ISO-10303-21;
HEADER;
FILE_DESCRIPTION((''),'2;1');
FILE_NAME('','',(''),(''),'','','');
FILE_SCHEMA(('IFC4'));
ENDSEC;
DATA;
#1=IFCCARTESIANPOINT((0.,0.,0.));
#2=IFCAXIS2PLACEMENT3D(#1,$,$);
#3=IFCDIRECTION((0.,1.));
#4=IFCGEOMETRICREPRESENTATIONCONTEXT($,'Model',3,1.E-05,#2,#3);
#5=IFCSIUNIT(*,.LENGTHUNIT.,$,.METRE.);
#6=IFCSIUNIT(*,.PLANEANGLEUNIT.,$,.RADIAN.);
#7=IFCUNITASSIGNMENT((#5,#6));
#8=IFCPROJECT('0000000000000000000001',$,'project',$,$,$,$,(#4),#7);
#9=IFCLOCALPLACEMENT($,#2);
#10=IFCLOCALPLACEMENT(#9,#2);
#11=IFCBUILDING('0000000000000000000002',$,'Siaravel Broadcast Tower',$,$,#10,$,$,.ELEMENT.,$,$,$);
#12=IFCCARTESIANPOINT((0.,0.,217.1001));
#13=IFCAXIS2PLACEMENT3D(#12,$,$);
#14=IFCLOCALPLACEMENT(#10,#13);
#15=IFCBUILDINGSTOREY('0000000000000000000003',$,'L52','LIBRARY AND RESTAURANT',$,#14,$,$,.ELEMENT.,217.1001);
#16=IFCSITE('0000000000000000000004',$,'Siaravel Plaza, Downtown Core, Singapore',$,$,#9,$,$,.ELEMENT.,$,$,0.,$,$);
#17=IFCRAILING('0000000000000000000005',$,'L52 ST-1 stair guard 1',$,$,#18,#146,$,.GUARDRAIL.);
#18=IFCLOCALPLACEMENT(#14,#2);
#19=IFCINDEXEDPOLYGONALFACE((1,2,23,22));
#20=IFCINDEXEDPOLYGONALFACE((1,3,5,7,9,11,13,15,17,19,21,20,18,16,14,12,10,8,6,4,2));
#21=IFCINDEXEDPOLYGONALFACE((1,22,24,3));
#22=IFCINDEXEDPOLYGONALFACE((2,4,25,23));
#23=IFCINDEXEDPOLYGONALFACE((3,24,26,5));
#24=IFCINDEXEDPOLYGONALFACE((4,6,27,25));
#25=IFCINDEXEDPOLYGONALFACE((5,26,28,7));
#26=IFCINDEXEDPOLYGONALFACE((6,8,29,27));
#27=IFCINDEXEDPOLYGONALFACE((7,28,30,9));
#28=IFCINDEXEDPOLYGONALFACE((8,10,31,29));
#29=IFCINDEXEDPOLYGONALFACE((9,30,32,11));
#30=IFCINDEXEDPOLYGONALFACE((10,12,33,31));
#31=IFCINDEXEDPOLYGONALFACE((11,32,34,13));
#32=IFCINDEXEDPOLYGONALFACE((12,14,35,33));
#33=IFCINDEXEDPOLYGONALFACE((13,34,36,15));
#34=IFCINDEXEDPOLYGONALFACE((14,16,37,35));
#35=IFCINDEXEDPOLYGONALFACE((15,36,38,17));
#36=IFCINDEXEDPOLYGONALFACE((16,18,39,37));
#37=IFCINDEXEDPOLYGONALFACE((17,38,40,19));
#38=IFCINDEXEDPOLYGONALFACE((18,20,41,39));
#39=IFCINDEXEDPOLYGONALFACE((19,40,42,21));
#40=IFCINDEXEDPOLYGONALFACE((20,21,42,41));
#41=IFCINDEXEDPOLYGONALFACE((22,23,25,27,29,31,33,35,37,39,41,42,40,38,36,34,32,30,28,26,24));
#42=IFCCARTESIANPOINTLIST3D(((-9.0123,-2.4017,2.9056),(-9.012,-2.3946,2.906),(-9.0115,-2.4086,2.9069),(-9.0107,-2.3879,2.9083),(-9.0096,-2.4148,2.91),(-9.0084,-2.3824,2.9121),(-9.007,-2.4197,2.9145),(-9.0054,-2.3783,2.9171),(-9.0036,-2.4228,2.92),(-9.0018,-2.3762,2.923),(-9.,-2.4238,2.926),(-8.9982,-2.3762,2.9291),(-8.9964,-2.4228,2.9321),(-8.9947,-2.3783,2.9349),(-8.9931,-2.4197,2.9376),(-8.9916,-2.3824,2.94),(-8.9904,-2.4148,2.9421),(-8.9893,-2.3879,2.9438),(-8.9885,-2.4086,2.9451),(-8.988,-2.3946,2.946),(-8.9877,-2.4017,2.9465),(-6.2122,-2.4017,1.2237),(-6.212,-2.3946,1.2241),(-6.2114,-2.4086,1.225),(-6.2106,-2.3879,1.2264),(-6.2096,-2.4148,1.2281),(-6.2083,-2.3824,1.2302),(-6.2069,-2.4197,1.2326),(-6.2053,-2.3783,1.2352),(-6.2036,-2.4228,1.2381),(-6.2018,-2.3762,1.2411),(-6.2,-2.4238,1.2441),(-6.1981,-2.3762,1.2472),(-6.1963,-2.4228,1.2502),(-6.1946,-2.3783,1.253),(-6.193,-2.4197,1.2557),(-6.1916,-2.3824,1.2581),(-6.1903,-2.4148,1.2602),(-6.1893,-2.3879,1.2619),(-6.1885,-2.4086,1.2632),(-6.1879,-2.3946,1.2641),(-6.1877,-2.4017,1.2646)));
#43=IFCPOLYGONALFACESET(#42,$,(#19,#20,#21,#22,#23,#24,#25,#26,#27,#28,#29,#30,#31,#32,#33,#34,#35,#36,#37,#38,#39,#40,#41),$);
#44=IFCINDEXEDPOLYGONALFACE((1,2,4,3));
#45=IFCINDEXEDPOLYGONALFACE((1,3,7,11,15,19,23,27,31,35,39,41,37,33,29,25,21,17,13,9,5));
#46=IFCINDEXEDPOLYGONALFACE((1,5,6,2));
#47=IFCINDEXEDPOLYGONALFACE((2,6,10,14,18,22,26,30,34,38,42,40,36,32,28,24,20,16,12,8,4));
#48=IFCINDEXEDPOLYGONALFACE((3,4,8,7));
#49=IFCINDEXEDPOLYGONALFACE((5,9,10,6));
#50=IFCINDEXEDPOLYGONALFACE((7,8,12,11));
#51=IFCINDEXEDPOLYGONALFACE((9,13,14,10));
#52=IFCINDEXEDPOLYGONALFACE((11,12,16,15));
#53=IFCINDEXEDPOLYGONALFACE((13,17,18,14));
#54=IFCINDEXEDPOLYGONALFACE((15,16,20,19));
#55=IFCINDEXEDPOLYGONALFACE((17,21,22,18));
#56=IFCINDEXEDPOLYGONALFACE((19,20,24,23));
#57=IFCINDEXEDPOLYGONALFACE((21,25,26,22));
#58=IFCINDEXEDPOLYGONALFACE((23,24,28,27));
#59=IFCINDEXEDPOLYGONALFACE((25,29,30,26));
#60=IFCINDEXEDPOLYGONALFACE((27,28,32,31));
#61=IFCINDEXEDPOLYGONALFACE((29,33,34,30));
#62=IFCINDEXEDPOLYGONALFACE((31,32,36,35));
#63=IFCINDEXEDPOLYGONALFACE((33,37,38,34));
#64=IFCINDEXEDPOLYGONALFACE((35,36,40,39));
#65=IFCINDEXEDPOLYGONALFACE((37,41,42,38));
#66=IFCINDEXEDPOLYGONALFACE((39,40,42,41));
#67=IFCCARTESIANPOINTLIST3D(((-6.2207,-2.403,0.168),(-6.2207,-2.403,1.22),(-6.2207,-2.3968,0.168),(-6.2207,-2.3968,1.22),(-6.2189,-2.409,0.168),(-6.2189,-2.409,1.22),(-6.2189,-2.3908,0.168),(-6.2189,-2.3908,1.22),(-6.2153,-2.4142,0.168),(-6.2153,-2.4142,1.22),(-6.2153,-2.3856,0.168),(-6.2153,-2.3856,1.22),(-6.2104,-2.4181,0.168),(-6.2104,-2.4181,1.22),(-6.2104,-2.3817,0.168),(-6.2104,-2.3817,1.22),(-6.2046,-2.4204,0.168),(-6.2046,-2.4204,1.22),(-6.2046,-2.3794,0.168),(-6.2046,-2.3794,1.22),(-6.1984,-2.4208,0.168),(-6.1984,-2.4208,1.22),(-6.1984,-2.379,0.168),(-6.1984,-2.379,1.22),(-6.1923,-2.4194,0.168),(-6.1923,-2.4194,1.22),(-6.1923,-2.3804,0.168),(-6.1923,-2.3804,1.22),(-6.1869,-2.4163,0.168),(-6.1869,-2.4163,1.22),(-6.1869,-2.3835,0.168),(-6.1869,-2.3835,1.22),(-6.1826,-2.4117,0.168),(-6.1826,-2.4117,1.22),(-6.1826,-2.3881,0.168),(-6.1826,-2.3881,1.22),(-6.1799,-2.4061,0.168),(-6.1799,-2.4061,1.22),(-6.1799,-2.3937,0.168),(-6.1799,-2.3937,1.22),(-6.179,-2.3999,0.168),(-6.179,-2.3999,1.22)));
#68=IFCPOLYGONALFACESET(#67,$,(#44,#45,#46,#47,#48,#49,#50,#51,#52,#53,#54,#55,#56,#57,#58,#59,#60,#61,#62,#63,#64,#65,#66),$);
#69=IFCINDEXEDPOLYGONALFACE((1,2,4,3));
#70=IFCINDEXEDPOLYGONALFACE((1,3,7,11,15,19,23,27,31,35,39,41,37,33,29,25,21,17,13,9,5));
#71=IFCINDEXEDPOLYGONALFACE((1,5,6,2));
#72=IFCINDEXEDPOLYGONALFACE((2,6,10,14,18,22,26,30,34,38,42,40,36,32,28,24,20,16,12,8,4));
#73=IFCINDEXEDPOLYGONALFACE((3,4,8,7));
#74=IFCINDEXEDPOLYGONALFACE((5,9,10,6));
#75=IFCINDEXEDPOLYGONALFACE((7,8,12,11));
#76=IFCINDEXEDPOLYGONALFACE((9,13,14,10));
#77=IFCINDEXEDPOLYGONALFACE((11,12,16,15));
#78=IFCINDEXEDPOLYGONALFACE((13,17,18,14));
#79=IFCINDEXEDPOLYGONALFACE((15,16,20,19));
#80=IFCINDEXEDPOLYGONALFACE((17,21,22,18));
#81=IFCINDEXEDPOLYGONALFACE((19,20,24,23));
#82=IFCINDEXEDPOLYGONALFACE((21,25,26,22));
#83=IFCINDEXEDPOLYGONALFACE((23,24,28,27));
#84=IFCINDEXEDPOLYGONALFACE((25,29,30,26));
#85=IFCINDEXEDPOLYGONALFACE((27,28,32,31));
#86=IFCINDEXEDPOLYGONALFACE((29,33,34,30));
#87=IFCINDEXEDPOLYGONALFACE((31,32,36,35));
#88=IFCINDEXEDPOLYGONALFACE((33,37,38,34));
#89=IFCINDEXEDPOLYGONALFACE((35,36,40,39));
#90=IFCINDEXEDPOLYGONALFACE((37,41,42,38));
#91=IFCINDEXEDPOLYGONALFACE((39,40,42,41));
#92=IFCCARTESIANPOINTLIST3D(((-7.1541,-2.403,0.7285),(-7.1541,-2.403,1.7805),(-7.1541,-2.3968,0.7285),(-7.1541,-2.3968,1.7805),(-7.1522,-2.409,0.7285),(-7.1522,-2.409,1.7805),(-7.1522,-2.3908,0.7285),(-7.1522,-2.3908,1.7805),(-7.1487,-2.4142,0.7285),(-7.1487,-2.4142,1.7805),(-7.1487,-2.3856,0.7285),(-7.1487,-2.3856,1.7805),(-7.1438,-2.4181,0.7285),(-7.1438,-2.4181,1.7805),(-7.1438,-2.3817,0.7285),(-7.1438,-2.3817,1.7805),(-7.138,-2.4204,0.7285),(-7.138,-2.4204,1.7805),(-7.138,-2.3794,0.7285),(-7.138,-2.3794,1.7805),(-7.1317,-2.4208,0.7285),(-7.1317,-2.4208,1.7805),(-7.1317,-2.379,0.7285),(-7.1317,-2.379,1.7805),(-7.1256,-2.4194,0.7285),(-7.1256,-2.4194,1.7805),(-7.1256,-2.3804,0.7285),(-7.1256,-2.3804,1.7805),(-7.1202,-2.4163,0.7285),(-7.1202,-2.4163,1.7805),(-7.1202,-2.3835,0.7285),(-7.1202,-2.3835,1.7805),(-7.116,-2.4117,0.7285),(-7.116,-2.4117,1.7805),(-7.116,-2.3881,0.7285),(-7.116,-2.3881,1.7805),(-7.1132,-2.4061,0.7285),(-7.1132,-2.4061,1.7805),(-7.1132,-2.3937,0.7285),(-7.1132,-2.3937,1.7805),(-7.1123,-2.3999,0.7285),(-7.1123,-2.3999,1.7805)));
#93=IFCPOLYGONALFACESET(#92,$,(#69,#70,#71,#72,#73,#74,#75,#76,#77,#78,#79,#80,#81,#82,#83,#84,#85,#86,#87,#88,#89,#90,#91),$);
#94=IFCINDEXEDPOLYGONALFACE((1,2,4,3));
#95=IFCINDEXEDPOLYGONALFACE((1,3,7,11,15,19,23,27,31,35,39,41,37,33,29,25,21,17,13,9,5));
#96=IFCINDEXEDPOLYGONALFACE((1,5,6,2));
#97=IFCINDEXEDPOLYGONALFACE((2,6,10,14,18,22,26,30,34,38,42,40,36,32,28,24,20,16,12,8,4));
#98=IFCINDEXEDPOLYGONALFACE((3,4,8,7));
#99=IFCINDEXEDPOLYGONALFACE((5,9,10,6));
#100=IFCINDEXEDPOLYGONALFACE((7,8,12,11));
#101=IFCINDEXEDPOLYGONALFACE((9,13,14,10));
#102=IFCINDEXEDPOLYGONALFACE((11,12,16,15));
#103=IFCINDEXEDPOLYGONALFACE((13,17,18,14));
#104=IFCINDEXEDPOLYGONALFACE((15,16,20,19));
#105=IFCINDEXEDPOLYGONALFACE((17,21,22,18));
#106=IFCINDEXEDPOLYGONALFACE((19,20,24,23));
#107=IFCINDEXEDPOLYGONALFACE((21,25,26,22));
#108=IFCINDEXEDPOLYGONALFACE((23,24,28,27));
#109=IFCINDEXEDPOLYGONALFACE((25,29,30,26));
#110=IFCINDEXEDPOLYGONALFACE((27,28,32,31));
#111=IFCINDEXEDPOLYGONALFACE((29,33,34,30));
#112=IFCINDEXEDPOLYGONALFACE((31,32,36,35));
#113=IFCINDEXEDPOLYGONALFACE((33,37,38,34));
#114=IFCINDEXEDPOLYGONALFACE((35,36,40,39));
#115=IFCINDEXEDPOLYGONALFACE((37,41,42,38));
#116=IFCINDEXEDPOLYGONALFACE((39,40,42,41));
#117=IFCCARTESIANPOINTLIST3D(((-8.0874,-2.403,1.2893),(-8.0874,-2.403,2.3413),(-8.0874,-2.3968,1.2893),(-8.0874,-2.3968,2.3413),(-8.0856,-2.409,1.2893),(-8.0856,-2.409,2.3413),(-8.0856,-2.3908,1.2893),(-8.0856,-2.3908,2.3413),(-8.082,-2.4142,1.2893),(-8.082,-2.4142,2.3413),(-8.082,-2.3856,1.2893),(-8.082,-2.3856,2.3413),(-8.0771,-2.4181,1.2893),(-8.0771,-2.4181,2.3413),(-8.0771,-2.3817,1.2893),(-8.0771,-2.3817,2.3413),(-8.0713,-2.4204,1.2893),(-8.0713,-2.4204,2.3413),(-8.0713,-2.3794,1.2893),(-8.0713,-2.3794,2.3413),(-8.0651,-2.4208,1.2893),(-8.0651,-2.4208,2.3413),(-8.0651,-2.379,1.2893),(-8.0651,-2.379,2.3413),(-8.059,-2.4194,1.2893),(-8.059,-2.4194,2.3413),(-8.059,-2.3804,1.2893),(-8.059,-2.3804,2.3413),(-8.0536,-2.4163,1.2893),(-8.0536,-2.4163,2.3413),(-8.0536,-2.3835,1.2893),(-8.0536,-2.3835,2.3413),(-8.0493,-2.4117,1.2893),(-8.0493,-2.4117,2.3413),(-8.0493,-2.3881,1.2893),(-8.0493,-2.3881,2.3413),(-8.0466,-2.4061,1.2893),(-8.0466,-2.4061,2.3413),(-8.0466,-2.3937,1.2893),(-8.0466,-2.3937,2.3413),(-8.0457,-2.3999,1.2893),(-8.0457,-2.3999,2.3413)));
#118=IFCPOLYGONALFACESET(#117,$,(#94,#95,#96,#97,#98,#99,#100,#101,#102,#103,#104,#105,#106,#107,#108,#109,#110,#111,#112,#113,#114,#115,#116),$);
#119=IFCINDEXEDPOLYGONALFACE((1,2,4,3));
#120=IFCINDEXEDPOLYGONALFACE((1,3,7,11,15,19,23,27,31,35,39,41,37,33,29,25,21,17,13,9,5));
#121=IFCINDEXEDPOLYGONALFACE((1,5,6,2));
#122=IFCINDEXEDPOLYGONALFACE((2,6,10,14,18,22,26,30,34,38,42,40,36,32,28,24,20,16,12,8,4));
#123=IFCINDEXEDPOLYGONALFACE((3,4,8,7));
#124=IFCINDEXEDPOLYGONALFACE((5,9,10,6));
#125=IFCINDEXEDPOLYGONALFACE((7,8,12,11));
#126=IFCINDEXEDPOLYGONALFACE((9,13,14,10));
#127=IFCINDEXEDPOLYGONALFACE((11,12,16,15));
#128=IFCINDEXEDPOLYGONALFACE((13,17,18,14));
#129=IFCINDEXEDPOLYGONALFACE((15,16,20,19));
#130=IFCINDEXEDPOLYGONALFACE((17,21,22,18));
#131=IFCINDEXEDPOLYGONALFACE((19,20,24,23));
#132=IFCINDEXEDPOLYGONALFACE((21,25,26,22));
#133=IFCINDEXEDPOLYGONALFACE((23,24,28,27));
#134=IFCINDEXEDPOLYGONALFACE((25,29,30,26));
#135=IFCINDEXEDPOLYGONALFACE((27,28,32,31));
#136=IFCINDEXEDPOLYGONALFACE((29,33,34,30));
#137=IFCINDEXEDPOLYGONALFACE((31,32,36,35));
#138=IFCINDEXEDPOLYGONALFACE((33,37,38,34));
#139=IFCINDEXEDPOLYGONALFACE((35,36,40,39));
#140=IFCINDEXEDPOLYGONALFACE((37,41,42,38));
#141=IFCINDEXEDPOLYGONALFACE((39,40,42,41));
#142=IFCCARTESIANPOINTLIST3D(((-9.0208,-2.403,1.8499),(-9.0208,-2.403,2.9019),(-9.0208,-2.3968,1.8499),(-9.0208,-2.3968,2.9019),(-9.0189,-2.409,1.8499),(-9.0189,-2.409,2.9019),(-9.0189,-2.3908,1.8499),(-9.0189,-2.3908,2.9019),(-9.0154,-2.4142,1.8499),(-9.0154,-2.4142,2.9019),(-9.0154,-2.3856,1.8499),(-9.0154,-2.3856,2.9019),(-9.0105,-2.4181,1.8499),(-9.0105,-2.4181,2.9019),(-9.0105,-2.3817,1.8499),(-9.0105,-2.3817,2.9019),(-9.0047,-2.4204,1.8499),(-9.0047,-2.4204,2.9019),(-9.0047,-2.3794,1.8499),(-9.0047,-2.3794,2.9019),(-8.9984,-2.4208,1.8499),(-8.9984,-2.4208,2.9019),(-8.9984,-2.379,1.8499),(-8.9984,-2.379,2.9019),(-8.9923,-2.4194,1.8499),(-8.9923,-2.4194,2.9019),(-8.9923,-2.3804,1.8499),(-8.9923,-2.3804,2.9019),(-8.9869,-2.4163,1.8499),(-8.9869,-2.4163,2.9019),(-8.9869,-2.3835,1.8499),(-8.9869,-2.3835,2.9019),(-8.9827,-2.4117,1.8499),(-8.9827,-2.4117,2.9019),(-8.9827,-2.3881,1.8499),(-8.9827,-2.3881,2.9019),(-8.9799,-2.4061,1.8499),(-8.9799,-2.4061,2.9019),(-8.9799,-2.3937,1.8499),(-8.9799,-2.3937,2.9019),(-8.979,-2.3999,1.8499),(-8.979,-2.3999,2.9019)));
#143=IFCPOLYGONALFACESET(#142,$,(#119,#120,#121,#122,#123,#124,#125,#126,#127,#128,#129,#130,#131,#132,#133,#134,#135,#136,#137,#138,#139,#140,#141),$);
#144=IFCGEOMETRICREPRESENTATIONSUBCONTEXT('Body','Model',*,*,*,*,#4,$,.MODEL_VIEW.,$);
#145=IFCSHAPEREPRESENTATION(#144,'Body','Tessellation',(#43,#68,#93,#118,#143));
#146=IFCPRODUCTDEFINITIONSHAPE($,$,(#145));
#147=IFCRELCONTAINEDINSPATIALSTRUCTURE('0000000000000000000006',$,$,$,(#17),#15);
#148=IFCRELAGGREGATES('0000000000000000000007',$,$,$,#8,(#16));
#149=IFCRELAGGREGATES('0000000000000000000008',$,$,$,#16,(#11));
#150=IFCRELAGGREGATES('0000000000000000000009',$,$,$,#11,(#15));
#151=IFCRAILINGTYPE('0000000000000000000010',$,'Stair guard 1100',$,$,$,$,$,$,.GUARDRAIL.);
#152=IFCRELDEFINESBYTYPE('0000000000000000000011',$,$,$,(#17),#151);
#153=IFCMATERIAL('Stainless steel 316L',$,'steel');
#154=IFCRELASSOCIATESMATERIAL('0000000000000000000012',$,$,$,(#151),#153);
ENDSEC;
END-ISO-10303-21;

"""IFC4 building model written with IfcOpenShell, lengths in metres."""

from ifc_helpers import new_model, si_unit, direction, frame, origin, origin_2d, place, context, subcontext, project, spatial, circle, extrude, material, type_object, element, save


model = new_model("IFC4")

# Units and contexts
model_context = context("Model", 3, precision=1e-05, world=origin(), true_north=direction((0.0, 1.0)))
body_context = subcontext(model_context, "Body", "Model", "MODEL_VIEW")
ifc_project = project(units=[si_unit("LENGTHUNIT", "METRE"), si_unit("PLANEANGLEUNIT", "RADIAN")], contexts=[model_context])

# Site, building, storey
site_placement = place(None, origin())
site = spatial("IfcSite", under=ifc_project, at=site_placement, Name="Siaravel Plaza, Downtown Core, Singapore", CompositionType="ELEMENT", RefElevation=0.0)
building_placement = place(site_placement, origin())
building = spatial("IfcBuilding", under=site, at=building_placement, Name="Siaravel Broadcast Tower", CompositionType="ELEMENT")
storey_placement = place(building_placement, frame((0.0, 0.0, 217.1001)))
storey = spatial("IfcBuildingStorey", under=building, at=storey_placement, Name="L52", Description="LIBRARY AND RESTAURANT", CompositionType="ELEMENT", Elevation=217.1001)

# Shared definitions
ifc_material_1 = material(Name="Stainless steel 316L", Category="steel")

# Railing
railing_type_1 = type_object("IfcRailingType", Name="Stair guard 1100", PredefinedType="GUARDRAIL", material=ifc_material_1)
railing_1_placement = place(storey_placement, frame((-6.2, -2.3999, 0.168)))
element("IfcRailing", 1, at=railing_1_placement, inside=storey, type_object=railing_type_1, Name="L52 ST-1 stair guard 1", PredefinedType="GUARDRAIL", context=body_context, shape_type="SweptSolid", body=[
    extrude(circle(Radius=0.0239, at=origin_2d()), frame((0.0, 0.0, 1.0762), z_axis=(-0.857242, 0.0, 0.514913), x_axis=(0.0, -1.0, 0.0)), (0.0, 0.0, 1.0), 3.2664),
    extrude(circle(Radius=0.021, at=origin_2d()), origin(), (0.0, 0.0, 1.0), 1.052),
    extrude(circle(Radius=0.021, at=origin_2d()), frame((-0.9333, 0.0, 0.5605)), (0.0, 0.0, 1.0), 1.052),
    extrude(circle(Radius=0.021, at=origin_2d()), frame((-1.8667, 0.0, 1.1213)), (0.0, 0.0, 1.0), 1.052),
    extrude(circle(Radius=0.021, at=origin_2d()), frame((-2.8, 0.0, 1.6819)), (0.0, 0.0, 1.0), 1.052),
])

save(model, "model.ifc")
